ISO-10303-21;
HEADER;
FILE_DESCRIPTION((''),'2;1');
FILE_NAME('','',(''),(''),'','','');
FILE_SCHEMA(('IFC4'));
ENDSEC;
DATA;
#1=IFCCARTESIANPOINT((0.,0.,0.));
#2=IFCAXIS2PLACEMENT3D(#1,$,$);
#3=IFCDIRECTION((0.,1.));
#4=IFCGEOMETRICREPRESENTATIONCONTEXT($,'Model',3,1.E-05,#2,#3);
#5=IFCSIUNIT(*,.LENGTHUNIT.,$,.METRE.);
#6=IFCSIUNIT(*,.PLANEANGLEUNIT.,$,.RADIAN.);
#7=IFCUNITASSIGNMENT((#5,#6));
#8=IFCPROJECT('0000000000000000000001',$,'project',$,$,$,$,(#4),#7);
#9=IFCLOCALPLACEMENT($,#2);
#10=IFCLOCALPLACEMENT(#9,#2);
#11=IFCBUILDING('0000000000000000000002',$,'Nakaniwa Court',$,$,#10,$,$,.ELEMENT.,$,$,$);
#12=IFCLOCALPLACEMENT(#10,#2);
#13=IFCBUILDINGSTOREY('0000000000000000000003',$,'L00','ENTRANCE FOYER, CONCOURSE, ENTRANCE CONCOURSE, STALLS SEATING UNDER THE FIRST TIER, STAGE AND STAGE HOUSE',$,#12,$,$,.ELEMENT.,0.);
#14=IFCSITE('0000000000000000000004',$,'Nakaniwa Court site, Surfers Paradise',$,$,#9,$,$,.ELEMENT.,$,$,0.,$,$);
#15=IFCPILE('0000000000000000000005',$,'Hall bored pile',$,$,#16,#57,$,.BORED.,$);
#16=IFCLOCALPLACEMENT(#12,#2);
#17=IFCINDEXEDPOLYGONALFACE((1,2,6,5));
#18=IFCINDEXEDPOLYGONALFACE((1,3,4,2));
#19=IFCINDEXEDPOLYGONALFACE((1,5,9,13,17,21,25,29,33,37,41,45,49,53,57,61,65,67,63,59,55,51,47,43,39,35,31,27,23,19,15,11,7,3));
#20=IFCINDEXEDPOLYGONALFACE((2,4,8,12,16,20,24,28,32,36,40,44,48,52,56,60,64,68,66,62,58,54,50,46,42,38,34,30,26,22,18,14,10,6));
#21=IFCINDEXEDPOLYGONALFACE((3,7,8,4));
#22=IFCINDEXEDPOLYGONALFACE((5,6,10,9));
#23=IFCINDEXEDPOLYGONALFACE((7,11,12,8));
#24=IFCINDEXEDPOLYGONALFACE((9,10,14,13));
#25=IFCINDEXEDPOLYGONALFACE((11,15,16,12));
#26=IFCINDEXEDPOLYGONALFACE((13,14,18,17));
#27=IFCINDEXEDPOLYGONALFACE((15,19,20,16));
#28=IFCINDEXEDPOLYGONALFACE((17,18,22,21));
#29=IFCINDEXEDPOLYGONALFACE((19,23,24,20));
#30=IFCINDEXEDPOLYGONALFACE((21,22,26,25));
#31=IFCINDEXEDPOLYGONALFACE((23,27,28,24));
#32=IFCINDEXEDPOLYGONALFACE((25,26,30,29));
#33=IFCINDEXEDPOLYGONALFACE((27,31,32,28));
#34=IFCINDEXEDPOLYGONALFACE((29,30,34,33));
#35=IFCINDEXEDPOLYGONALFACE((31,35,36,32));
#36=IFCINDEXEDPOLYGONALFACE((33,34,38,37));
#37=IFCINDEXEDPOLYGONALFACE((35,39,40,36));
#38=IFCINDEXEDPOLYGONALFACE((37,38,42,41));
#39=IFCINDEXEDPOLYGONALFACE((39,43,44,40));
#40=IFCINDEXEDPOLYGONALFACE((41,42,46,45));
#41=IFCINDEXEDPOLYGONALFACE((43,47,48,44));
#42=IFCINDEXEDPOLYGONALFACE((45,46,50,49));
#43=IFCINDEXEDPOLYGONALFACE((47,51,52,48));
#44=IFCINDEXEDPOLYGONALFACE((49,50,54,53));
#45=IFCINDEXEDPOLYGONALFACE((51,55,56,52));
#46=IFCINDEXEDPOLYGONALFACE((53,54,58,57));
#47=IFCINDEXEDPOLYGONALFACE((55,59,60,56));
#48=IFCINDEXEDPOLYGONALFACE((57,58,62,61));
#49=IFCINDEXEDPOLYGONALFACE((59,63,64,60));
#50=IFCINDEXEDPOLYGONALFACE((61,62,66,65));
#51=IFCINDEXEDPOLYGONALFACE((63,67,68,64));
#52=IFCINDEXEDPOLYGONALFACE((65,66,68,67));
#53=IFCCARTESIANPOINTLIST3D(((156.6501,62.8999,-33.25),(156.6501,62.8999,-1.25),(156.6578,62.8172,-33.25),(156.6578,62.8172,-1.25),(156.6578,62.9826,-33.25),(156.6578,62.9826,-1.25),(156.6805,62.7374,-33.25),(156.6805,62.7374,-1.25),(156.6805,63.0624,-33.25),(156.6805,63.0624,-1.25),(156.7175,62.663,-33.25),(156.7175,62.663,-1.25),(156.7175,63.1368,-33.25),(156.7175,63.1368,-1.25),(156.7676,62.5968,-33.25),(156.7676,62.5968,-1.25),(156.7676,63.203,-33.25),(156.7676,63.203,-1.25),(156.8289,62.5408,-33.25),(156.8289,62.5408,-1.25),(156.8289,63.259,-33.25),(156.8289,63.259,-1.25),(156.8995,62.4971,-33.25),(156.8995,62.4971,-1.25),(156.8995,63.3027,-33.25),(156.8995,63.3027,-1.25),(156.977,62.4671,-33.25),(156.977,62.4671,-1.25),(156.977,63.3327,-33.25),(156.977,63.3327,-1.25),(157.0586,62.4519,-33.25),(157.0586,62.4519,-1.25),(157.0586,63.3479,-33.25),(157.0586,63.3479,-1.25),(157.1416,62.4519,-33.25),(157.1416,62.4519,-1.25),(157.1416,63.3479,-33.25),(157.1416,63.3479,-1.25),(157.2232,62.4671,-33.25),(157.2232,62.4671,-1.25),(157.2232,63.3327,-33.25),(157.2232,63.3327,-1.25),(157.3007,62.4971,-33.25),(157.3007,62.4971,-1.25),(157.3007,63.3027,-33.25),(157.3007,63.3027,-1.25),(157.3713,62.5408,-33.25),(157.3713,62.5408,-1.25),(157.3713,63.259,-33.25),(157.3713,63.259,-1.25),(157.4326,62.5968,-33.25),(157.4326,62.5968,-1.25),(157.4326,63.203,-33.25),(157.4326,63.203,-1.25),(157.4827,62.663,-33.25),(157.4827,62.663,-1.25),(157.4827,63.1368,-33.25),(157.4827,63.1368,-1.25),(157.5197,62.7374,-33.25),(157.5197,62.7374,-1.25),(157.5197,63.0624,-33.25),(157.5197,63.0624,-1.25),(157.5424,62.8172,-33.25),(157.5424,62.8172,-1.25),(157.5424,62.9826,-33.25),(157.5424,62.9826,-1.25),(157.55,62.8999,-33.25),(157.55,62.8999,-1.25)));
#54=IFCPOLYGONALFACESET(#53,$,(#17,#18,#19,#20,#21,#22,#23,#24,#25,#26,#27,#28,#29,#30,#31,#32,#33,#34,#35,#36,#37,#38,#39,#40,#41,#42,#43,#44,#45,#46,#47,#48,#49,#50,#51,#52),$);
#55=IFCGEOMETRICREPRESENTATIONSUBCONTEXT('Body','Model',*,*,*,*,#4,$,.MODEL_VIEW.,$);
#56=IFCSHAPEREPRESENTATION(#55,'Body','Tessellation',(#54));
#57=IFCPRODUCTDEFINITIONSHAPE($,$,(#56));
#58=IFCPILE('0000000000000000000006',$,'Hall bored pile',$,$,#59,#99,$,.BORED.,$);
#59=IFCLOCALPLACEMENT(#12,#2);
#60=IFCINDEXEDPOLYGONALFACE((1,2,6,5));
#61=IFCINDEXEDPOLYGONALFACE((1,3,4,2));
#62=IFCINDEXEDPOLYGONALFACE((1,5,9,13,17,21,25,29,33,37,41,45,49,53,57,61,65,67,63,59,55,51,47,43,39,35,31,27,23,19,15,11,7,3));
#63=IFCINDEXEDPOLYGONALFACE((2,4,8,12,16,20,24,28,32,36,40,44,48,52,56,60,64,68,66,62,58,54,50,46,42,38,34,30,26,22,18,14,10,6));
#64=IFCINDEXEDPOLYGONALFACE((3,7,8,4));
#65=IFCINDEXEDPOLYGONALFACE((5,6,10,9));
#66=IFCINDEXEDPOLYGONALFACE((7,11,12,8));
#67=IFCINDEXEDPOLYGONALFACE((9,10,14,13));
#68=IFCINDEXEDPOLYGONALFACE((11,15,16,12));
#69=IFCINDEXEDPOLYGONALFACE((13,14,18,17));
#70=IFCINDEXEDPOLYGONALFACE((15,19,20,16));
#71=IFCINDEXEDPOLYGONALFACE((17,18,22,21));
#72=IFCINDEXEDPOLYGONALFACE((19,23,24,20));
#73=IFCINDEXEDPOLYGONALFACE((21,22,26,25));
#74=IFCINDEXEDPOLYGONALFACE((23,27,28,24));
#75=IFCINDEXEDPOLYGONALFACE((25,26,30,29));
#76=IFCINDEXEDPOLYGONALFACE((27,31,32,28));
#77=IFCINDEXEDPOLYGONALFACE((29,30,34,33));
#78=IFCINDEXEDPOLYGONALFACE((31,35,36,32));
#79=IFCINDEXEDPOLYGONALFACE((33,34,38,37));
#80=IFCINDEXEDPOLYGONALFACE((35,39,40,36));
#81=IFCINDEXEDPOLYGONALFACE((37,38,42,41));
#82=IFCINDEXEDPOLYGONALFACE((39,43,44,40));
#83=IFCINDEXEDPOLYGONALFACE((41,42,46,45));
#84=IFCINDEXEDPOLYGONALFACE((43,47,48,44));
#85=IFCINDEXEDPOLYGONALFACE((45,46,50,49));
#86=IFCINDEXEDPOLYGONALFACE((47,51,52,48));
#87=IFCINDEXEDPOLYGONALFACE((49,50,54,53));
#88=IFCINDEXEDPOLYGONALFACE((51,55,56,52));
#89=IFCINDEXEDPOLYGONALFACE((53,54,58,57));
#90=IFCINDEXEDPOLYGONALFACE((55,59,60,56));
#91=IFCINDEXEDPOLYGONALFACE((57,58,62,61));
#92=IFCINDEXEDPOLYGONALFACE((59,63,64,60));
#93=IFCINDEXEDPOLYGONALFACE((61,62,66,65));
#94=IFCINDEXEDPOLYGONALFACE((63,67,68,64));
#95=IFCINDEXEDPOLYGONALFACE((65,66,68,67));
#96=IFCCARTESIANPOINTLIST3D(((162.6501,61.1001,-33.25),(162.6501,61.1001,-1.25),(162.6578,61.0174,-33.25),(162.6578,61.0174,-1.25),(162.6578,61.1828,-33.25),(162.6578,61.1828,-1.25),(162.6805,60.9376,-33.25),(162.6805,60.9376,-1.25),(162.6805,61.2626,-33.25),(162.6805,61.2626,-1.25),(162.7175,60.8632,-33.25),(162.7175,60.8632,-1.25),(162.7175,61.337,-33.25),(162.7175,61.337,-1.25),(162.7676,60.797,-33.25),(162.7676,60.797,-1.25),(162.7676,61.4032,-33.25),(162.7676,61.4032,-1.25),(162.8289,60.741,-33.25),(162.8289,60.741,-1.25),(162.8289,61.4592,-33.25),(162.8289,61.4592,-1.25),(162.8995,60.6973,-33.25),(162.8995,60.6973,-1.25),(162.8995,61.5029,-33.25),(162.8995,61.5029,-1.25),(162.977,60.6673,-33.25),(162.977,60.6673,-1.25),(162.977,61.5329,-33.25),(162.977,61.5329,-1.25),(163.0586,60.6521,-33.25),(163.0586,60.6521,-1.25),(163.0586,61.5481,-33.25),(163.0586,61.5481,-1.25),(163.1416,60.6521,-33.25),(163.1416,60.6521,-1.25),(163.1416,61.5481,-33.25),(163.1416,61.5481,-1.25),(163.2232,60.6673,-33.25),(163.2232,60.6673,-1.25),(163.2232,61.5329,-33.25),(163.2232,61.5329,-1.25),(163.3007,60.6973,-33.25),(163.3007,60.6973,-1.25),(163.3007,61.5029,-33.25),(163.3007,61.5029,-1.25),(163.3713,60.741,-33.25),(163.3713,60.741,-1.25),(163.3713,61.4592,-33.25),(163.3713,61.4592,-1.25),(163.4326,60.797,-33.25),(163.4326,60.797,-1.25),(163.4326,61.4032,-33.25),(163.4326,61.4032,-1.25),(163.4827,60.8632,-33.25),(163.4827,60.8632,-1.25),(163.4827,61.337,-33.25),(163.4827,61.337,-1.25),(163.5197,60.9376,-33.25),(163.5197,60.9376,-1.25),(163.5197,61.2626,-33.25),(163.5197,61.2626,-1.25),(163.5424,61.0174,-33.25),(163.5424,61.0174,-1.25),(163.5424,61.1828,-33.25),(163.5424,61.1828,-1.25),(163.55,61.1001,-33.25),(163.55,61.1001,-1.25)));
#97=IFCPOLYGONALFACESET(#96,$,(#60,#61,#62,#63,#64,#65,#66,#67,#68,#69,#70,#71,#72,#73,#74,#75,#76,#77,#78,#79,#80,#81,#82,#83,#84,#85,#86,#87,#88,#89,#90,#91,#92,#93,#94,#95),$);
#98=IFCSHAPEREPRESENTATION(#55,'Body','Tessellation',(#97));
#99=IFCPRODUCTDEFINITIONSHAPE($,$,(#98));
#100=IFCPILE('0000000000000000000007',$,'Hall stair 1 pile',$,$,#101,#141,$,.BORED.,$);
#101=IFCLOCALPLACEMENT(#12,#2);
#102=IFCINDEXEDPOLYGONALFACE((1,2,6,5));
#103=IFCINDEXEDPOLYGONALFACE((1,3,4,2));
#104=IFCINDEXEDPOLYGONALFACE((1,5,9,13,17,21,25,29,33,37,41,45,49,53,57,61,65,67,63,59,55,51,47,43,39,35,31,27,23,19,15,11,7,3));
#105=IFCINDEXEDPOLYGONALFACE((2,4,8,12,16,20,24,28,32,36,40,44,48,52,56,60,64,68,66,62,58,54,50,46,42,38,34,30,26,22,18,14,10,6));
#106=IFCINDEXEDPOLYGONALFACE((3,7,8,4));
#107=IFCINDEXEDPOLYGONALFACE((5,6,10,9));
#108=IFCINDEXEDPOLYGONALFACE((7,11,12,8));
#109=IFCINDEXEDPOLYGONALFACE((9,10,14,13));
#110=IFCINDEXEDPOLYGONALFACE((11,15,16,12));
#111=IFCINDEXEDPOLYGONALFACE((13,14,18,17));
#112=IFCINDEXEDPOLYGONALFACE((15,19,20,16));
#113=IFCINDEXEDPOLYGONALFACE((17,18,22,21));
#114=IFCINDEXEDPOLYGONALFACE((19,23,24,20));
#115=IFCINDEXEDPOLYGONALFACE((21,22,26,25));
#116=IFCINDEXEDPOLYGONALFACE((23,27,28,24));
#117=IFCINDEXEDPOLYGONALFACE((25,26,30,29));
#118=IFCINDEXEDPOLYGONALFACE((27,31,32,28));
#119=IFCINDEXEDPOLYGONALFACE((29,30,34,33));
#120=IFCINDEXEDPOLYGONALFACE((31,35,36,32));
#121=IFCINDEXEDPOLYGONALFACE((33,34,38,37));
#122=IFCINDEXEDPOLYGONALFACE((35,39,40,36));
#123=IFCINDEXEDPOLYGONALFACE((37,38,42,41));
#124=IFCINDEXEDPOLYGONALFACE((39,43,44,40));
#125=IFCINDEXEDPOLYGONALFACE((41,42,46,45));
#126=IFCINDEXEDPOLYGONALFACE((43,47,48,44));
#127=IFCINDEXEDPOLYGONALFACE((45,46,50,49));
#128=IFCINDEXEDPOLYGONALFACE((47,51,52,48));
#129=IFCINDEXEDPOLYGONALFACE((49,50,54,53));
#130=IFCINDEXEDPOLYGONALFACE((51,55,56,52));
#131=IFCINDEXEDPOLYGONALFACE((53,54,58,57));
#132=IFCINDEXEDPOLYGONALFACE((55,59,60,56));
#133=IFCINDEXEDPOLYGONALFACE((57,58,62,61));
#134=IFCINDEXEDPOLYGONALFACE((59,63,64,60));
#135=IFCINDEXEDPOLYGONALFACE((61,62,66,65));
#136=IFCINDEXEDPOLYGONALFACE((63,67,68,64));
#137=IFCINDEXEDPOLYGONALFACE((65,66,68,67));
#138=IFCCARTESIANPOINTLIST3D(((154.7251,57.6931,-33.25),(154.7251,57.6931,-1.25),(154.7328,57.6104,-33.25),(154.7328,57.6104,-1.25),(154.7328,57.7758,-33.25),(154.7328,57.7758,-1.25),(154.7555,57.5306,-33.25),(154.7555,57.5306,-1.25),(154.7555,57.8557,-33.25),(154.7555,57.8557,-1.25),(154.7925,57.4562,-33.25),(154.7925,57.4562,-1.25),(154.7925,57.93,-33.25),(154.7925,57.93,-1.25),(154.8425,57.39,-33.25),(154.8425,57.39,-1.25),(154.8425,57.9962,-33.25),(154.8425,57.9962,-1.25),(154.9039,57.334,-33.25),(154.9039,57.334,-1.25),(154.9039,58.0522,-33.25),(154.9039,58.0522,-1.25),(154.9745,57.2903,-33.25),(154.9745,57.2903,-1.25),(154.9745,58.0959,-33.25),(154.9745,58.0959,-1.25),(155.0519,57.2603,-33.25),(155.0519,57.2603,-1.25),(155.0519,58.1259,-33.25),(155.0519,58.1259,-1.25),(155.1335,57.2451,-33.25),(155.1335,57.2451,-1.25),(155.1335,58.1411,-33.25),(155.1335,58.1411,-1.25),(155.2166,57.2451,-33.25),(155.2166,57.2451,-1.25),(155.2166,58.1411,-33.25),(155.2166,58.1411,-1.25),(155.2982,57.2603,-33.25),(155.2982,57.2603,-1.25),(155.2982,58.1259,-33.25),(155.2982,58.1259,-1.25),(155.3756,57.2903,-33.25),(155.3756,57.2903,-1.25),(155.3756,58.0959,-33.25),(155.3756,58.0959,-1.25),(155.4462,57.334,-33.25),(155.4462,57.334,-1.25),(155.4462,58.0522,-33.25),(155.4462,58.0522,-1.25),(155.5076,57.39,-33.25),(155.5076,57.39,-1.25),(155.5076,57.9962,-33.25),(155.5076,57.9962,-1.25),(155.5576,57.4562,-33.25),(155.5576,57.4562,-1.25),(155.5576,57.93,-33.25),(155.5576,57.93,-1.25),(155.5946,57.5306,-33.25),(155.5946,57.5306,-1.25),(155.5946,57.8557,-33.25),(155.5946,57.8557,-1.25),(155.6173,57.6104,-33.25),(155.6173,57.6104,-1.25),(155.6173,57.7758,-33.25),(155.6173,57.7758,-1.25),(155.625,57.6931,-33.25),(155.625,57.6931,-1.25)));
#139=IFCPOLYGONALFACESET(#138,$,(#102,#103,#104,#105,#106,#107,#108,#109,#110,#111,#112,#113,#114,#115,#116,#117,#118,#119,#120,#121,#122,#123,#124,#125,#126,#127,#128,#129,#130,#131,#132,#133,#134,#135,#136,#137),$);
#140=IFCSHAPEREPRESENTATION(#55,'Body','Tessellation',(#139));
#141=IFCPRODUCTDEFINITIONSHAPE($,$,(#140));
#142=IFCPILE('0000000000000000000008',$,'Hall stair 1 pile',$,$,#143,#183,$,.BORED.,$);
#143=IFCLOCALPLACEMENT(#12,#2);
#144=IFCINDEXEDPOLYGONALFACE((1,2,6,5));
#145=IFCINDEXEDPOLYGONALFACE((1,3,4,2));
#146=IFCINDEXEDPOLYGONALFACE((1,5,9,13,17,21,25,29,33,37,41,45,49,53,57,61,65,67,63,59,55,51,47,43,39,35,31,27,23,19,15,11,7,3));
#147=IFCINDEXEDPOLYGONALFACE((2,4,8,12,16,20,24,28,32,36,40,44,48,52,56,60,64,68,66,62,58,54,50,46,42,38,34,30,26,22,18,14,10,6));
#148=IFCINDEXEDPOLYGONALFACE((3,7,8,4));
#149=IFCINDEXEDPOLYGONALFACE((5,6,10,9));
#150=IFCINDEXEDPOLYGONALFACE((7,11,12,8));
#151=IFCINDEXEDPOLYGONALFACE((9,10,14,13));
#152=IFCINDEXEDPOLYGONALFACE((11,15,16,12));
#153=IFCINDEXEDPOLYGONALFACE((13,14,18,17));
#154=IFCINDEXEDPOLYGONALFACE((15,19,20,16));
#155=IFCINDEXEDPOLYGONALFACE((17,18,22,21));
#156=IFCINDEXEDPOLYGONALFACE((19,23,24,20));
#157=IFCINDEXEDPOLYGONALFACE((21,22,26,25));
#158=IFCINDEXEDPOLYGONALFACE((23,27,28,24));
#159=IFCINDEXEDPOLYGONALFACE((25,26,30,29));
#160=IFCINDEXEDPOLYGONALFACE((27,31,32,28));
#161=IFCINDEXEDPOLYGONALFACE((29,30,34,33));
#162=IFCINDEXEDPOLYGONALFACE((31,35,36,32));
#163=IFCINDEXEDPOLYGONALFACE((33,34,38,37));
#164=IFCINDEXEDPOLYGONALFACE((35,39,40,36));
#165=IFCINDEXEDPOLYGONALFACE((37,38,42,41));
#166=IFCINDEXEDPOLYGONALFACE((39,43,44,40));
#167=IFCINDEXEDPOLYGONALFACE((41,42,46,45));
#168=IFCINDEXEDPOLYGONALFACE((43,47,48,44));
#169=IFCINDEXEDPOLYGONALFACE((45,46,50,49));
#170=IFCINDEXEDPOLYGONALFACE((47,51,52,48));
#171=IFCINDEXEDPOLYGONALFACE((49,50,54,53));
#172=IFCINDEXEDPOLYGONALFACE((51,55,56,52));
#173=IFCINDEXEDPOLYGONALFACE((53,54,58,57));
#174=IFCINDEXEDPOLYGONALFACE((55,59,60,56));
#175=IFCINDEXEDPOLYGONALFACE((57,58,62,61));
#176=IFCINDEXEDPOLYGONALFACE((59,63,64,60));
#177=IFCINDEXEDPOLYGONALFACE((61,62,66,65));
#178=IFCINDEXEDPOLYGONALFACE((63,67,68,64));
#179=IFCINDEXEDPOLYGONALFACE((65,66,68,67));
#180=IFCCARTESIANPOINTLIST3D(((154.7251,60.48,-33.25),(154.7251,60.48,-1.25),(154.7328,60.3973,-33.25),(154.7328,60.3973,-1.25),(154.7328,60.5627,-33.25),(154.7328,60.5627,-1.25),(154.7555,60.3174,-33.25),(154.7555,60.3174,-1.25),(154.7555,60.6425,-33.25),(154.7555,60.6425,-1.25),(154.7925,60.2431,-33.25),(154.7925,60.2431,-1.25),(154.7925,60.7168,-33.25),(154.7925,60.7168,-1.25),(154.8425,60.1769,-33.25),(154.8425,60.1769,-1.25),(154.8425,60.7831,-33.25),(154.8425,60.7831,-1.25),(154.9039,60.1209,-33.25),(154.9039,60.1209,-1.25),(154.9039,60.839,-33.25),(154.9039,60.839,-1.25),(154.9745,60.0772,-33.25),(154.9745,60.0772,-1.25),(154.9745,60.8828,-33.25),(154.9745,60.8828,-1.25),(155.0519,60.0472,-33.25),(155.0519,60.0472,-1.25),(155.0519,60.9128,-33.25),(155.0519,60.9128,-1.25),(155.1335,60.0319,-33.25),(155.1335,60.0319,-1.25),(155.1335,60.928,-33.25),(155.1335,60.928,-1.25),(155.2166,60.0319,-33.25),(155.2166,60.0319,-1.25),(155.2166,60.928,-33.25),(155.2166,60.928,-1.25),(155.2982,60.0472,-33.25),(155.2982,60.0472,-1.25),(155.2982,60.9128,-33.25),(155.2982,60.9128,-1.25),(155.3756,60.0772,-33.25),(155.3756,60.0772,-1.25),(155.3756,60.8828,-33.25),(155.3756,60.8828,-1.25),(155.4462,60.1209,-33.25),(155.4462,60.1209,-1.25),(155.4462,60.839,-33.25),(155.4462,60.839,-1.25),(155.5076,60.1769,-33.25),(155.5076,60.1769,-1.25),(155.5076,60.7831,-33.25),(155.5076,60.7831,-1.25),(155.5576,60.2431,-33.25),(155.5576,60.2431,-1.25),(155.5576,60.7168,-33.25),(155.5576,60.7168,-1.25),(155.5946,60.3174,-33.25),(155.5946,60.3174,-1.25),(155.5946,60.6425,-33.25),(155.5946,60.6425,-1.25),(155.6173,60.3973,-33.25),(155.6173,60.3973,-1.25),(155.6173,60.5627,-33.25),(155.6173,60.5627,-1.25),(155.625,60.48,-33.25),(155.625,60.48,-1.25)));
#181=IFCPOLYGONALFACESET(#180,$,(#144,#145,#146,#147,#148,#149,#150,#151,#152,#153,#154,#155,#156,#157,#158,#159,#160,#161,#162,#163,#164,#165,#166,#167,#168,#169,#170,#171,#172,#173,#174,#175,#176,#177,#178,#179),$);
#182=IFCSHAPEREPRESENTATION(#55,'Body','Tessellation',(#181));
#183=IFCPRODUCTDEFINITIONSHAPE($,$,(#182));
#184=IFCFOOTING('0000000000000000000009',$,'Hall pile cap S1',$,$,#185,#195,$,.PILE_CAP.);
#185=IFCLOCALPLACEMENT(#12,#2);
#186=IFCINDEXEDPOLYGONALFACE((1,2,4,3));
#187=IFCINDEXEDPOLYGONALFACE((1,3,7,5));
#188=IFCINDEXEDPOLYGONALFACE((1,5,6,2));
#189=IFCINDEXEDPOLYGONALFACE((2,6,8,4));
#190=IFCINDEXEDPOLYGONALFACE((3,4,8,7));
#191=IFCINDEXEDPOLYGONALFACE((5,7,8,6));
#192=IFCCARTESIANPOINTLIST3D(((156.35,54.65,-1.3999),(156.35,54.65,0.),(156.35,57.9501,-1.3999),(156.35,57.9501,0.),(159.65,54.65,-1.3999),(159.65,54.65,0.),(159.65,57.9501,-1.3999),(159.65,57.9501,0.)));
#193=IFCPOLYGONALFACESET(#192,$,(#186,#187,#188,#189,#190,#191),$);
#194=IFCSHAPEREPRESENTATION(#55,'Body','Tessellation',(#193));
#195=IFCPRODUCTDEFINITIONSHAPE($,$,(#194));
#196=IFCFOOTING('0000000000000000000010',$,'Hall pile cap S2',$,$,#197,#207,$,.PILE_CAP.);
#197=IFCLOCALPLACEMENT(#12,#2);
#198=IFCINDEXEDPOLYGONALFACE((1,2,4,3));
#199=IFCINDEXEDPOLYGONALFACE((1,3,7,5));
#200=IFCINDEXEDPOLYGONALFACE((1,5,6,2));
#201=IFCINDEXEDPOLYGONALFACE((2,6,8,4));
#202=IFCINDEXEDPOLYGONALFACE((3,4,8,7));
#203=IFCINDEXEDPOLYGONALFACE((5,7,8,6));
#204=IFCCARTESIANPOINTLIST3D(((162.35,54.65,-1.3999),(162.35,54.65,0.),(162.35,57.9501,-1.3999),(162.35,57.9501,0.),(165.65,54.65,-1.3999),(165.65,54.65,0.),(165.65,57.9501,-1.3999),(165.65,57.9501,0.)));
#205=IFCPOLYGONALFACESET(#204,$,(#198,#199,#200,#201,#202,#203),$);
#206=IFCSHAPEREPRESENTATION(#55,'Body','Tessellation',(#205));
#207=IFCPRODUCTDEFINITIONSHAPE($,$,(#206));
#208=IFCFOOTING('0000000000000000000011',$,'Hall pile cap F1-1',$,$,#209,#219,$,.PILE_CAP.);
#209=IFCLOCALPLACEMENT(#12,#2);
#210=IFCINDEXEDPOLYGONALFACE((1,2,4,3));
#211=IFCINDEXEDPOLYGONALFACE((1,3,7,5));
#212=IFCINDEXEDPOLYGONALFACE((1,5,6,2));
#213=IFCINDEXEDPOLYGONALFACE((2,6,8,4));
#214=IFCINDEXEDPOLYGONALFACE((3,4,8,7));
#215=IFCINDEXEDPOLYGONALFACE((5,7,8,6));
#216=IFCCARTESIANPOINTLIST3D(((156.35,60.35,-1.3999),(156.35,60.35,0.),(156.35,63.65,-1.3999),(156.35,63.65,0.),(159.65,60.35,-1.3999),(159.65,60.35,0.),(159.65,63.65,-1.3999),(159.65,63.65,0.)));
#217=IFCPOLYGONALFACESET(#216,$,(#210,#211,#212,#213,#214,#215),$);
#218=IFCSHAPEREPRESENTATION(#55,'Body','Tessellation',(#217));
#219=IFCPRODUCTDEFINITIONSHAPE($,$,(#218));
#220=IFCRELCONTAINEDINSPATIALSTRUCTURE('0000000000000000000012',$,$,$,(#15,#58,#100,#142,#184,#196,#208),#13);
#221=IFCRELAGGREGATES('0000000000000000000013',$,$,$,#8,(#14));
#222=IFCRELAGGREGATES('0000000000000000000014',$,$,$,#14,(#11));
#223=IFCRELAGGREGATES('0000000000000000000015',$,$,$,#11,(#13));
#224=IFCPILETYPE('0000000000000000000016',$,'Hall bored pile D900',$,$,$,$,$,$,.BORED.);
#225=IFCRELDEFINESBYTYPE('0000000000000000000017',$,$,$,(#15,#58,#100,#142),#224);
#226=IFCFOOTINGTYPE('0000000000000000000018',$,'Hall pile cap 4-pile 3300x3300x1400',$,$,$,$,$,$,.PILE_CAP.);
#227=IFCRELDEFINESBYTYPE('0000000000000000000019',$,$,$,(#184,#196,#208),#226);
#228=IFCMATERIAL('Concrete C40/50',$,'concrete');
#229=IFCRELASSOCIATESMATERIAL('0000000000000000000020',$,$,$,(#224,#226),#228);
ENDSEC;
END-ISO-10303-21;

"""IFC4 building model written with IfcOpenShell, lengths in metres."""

from ifc_helpers import new_model, si_unit, direction, frame, origin, origin_2d, place, context, subcontext, project, spatial, rectangle, circle, extrude, material, material_profile, profile_set, type_object, element, save


model = new_model("IFC4")

# Units and contexts
model_context = context("Model", 3, precision=1e-05, world=origin(), true_north=direction((0.0, 1.0)))
body_context = subcontext(model_context, "Body", "Model", "MODEL_VIEW")
ifc_project = project(units=[si_unit("LENGTHUNIT", "METRE"), si_unit("PLANEANGLEUNIT", "RADIAN")], contexts=[model_context])

# Site, building, storey
site_placement = place(None, origin())
site = spatial("IfcSite", under=ifc_project, at=site_placement, Name="Nakaniwa Court site, Surfers Paradise", CompositionType="ELEMENT", RefElevation=0.0)
building_placement = place(site_placement, origin())
building = spatial("IfcBuilding", under=site, at=building_placement, Name="Nakaniwa Court", CompositionType="ELEMENT")
storey_placement = place(building_placement, origin())
storey = spatial("IfcBuildingStorey", under=building, at=storey_placement, Name="L00", Description="ENTRANCE FOYER, CONCOURSE, ENTRANCE CONCOURSE, STALLS SEATING UNDER THE FIRST TIER, STAGE AND STAGE HOUSE", CompositionType="ELEMENT", Elevation=0.0)

# Piles
ifc_material_1 = material(Name="Concrete C40/50", Category="concrete")
ifc_material_profile_1 = material_profile(ifc_material_1, circle(Radius=0.45, at=origin_2d()), Name="Bored pile D900")
ifc_profile_set_1 = profile_set([ifc_material_profile_1], Name="Concrete C40/50")
pile_type = type_object("IfcPileType", Name="Hall bored pile D900", PredefinedType="BORED", material=ifc_profile_set_1)
for number, where, z_axis, x_axis, name in (
    (1, (157.1001, 62.8999, -1.25), (0.0, 0.0, -1.0), (1.0, 0.0, 0.0), "Hall bored pile"),
    (2, (163.1001, 61.1001, -1.25), (0.0, 0.0, -1.0), (1.0, 0.0, 0.0), "Hall bored pile"),
    (3, (155.175, 57.6931, -1.25), (0.0, 0.0, -1.0), (1.0, 0.0, 0.0), "Hall stair 1 pile"),
    (4, (155.175, 60.48, -1.25), (0.0, 0.0, -1.0), (1.0, 0.0, 0.0), "Hall stair 1 pile"),
):
    element("IfcPile", number, at=place(storey_placement, frame(where, z_axis=z_axis, x_axis=x_axis)), inside=storey, type_object=pile_type, Name=name, PredefinedType="BORED", context=body_context, shape_type="SweptSolid", body=[
        extrude(circle(Radius=0.45, at=origin_2d()), origin(), (0.0, 0.0, 1.0), 32.0),
    ])

# Footings
footing_type = type_object("IfcFootingType", Name="Hall pile cap 4-pile 3300x3300x1400", PredefinedType="PILE_CAP", material=ifc_material_1)
for number, where, z_axis, x_axis, name in (
    (5, (158.0, 56.3, -1.3999), (0.0, 0.0, 1.0), (1.0, 0.0, 0.0), "Hall pile cap S1"),
    (6, (164.0, 56.3, -1.3999), (0.0, 0.0, 1.0), (1.0, 0.0, 0.0), "Hall pile cap S2"),
    (7, (158.0, 62.0, -1.3999), (0.0, 0.0, 1.0), (1.0, 0.0, 0.0), "Hall pile cap F1-1"),
):
    element("IfcFooting", number, at=place(storey_placement, frame(where, z_axis=z_axis, x_axis=x_axis)), inside=storey, type_object=footing_type, Name=name, PredefinedType="PILE_CAP", context=body_context, shape_type="SweptSolid", body=[
        extrude(rectangle(XDim=3.3, YDim=3.3, at=origin_2d()), origin(), (0.0, 0.0, 1.0), 1.3999),
    ])

save(model, "model.ifc")
